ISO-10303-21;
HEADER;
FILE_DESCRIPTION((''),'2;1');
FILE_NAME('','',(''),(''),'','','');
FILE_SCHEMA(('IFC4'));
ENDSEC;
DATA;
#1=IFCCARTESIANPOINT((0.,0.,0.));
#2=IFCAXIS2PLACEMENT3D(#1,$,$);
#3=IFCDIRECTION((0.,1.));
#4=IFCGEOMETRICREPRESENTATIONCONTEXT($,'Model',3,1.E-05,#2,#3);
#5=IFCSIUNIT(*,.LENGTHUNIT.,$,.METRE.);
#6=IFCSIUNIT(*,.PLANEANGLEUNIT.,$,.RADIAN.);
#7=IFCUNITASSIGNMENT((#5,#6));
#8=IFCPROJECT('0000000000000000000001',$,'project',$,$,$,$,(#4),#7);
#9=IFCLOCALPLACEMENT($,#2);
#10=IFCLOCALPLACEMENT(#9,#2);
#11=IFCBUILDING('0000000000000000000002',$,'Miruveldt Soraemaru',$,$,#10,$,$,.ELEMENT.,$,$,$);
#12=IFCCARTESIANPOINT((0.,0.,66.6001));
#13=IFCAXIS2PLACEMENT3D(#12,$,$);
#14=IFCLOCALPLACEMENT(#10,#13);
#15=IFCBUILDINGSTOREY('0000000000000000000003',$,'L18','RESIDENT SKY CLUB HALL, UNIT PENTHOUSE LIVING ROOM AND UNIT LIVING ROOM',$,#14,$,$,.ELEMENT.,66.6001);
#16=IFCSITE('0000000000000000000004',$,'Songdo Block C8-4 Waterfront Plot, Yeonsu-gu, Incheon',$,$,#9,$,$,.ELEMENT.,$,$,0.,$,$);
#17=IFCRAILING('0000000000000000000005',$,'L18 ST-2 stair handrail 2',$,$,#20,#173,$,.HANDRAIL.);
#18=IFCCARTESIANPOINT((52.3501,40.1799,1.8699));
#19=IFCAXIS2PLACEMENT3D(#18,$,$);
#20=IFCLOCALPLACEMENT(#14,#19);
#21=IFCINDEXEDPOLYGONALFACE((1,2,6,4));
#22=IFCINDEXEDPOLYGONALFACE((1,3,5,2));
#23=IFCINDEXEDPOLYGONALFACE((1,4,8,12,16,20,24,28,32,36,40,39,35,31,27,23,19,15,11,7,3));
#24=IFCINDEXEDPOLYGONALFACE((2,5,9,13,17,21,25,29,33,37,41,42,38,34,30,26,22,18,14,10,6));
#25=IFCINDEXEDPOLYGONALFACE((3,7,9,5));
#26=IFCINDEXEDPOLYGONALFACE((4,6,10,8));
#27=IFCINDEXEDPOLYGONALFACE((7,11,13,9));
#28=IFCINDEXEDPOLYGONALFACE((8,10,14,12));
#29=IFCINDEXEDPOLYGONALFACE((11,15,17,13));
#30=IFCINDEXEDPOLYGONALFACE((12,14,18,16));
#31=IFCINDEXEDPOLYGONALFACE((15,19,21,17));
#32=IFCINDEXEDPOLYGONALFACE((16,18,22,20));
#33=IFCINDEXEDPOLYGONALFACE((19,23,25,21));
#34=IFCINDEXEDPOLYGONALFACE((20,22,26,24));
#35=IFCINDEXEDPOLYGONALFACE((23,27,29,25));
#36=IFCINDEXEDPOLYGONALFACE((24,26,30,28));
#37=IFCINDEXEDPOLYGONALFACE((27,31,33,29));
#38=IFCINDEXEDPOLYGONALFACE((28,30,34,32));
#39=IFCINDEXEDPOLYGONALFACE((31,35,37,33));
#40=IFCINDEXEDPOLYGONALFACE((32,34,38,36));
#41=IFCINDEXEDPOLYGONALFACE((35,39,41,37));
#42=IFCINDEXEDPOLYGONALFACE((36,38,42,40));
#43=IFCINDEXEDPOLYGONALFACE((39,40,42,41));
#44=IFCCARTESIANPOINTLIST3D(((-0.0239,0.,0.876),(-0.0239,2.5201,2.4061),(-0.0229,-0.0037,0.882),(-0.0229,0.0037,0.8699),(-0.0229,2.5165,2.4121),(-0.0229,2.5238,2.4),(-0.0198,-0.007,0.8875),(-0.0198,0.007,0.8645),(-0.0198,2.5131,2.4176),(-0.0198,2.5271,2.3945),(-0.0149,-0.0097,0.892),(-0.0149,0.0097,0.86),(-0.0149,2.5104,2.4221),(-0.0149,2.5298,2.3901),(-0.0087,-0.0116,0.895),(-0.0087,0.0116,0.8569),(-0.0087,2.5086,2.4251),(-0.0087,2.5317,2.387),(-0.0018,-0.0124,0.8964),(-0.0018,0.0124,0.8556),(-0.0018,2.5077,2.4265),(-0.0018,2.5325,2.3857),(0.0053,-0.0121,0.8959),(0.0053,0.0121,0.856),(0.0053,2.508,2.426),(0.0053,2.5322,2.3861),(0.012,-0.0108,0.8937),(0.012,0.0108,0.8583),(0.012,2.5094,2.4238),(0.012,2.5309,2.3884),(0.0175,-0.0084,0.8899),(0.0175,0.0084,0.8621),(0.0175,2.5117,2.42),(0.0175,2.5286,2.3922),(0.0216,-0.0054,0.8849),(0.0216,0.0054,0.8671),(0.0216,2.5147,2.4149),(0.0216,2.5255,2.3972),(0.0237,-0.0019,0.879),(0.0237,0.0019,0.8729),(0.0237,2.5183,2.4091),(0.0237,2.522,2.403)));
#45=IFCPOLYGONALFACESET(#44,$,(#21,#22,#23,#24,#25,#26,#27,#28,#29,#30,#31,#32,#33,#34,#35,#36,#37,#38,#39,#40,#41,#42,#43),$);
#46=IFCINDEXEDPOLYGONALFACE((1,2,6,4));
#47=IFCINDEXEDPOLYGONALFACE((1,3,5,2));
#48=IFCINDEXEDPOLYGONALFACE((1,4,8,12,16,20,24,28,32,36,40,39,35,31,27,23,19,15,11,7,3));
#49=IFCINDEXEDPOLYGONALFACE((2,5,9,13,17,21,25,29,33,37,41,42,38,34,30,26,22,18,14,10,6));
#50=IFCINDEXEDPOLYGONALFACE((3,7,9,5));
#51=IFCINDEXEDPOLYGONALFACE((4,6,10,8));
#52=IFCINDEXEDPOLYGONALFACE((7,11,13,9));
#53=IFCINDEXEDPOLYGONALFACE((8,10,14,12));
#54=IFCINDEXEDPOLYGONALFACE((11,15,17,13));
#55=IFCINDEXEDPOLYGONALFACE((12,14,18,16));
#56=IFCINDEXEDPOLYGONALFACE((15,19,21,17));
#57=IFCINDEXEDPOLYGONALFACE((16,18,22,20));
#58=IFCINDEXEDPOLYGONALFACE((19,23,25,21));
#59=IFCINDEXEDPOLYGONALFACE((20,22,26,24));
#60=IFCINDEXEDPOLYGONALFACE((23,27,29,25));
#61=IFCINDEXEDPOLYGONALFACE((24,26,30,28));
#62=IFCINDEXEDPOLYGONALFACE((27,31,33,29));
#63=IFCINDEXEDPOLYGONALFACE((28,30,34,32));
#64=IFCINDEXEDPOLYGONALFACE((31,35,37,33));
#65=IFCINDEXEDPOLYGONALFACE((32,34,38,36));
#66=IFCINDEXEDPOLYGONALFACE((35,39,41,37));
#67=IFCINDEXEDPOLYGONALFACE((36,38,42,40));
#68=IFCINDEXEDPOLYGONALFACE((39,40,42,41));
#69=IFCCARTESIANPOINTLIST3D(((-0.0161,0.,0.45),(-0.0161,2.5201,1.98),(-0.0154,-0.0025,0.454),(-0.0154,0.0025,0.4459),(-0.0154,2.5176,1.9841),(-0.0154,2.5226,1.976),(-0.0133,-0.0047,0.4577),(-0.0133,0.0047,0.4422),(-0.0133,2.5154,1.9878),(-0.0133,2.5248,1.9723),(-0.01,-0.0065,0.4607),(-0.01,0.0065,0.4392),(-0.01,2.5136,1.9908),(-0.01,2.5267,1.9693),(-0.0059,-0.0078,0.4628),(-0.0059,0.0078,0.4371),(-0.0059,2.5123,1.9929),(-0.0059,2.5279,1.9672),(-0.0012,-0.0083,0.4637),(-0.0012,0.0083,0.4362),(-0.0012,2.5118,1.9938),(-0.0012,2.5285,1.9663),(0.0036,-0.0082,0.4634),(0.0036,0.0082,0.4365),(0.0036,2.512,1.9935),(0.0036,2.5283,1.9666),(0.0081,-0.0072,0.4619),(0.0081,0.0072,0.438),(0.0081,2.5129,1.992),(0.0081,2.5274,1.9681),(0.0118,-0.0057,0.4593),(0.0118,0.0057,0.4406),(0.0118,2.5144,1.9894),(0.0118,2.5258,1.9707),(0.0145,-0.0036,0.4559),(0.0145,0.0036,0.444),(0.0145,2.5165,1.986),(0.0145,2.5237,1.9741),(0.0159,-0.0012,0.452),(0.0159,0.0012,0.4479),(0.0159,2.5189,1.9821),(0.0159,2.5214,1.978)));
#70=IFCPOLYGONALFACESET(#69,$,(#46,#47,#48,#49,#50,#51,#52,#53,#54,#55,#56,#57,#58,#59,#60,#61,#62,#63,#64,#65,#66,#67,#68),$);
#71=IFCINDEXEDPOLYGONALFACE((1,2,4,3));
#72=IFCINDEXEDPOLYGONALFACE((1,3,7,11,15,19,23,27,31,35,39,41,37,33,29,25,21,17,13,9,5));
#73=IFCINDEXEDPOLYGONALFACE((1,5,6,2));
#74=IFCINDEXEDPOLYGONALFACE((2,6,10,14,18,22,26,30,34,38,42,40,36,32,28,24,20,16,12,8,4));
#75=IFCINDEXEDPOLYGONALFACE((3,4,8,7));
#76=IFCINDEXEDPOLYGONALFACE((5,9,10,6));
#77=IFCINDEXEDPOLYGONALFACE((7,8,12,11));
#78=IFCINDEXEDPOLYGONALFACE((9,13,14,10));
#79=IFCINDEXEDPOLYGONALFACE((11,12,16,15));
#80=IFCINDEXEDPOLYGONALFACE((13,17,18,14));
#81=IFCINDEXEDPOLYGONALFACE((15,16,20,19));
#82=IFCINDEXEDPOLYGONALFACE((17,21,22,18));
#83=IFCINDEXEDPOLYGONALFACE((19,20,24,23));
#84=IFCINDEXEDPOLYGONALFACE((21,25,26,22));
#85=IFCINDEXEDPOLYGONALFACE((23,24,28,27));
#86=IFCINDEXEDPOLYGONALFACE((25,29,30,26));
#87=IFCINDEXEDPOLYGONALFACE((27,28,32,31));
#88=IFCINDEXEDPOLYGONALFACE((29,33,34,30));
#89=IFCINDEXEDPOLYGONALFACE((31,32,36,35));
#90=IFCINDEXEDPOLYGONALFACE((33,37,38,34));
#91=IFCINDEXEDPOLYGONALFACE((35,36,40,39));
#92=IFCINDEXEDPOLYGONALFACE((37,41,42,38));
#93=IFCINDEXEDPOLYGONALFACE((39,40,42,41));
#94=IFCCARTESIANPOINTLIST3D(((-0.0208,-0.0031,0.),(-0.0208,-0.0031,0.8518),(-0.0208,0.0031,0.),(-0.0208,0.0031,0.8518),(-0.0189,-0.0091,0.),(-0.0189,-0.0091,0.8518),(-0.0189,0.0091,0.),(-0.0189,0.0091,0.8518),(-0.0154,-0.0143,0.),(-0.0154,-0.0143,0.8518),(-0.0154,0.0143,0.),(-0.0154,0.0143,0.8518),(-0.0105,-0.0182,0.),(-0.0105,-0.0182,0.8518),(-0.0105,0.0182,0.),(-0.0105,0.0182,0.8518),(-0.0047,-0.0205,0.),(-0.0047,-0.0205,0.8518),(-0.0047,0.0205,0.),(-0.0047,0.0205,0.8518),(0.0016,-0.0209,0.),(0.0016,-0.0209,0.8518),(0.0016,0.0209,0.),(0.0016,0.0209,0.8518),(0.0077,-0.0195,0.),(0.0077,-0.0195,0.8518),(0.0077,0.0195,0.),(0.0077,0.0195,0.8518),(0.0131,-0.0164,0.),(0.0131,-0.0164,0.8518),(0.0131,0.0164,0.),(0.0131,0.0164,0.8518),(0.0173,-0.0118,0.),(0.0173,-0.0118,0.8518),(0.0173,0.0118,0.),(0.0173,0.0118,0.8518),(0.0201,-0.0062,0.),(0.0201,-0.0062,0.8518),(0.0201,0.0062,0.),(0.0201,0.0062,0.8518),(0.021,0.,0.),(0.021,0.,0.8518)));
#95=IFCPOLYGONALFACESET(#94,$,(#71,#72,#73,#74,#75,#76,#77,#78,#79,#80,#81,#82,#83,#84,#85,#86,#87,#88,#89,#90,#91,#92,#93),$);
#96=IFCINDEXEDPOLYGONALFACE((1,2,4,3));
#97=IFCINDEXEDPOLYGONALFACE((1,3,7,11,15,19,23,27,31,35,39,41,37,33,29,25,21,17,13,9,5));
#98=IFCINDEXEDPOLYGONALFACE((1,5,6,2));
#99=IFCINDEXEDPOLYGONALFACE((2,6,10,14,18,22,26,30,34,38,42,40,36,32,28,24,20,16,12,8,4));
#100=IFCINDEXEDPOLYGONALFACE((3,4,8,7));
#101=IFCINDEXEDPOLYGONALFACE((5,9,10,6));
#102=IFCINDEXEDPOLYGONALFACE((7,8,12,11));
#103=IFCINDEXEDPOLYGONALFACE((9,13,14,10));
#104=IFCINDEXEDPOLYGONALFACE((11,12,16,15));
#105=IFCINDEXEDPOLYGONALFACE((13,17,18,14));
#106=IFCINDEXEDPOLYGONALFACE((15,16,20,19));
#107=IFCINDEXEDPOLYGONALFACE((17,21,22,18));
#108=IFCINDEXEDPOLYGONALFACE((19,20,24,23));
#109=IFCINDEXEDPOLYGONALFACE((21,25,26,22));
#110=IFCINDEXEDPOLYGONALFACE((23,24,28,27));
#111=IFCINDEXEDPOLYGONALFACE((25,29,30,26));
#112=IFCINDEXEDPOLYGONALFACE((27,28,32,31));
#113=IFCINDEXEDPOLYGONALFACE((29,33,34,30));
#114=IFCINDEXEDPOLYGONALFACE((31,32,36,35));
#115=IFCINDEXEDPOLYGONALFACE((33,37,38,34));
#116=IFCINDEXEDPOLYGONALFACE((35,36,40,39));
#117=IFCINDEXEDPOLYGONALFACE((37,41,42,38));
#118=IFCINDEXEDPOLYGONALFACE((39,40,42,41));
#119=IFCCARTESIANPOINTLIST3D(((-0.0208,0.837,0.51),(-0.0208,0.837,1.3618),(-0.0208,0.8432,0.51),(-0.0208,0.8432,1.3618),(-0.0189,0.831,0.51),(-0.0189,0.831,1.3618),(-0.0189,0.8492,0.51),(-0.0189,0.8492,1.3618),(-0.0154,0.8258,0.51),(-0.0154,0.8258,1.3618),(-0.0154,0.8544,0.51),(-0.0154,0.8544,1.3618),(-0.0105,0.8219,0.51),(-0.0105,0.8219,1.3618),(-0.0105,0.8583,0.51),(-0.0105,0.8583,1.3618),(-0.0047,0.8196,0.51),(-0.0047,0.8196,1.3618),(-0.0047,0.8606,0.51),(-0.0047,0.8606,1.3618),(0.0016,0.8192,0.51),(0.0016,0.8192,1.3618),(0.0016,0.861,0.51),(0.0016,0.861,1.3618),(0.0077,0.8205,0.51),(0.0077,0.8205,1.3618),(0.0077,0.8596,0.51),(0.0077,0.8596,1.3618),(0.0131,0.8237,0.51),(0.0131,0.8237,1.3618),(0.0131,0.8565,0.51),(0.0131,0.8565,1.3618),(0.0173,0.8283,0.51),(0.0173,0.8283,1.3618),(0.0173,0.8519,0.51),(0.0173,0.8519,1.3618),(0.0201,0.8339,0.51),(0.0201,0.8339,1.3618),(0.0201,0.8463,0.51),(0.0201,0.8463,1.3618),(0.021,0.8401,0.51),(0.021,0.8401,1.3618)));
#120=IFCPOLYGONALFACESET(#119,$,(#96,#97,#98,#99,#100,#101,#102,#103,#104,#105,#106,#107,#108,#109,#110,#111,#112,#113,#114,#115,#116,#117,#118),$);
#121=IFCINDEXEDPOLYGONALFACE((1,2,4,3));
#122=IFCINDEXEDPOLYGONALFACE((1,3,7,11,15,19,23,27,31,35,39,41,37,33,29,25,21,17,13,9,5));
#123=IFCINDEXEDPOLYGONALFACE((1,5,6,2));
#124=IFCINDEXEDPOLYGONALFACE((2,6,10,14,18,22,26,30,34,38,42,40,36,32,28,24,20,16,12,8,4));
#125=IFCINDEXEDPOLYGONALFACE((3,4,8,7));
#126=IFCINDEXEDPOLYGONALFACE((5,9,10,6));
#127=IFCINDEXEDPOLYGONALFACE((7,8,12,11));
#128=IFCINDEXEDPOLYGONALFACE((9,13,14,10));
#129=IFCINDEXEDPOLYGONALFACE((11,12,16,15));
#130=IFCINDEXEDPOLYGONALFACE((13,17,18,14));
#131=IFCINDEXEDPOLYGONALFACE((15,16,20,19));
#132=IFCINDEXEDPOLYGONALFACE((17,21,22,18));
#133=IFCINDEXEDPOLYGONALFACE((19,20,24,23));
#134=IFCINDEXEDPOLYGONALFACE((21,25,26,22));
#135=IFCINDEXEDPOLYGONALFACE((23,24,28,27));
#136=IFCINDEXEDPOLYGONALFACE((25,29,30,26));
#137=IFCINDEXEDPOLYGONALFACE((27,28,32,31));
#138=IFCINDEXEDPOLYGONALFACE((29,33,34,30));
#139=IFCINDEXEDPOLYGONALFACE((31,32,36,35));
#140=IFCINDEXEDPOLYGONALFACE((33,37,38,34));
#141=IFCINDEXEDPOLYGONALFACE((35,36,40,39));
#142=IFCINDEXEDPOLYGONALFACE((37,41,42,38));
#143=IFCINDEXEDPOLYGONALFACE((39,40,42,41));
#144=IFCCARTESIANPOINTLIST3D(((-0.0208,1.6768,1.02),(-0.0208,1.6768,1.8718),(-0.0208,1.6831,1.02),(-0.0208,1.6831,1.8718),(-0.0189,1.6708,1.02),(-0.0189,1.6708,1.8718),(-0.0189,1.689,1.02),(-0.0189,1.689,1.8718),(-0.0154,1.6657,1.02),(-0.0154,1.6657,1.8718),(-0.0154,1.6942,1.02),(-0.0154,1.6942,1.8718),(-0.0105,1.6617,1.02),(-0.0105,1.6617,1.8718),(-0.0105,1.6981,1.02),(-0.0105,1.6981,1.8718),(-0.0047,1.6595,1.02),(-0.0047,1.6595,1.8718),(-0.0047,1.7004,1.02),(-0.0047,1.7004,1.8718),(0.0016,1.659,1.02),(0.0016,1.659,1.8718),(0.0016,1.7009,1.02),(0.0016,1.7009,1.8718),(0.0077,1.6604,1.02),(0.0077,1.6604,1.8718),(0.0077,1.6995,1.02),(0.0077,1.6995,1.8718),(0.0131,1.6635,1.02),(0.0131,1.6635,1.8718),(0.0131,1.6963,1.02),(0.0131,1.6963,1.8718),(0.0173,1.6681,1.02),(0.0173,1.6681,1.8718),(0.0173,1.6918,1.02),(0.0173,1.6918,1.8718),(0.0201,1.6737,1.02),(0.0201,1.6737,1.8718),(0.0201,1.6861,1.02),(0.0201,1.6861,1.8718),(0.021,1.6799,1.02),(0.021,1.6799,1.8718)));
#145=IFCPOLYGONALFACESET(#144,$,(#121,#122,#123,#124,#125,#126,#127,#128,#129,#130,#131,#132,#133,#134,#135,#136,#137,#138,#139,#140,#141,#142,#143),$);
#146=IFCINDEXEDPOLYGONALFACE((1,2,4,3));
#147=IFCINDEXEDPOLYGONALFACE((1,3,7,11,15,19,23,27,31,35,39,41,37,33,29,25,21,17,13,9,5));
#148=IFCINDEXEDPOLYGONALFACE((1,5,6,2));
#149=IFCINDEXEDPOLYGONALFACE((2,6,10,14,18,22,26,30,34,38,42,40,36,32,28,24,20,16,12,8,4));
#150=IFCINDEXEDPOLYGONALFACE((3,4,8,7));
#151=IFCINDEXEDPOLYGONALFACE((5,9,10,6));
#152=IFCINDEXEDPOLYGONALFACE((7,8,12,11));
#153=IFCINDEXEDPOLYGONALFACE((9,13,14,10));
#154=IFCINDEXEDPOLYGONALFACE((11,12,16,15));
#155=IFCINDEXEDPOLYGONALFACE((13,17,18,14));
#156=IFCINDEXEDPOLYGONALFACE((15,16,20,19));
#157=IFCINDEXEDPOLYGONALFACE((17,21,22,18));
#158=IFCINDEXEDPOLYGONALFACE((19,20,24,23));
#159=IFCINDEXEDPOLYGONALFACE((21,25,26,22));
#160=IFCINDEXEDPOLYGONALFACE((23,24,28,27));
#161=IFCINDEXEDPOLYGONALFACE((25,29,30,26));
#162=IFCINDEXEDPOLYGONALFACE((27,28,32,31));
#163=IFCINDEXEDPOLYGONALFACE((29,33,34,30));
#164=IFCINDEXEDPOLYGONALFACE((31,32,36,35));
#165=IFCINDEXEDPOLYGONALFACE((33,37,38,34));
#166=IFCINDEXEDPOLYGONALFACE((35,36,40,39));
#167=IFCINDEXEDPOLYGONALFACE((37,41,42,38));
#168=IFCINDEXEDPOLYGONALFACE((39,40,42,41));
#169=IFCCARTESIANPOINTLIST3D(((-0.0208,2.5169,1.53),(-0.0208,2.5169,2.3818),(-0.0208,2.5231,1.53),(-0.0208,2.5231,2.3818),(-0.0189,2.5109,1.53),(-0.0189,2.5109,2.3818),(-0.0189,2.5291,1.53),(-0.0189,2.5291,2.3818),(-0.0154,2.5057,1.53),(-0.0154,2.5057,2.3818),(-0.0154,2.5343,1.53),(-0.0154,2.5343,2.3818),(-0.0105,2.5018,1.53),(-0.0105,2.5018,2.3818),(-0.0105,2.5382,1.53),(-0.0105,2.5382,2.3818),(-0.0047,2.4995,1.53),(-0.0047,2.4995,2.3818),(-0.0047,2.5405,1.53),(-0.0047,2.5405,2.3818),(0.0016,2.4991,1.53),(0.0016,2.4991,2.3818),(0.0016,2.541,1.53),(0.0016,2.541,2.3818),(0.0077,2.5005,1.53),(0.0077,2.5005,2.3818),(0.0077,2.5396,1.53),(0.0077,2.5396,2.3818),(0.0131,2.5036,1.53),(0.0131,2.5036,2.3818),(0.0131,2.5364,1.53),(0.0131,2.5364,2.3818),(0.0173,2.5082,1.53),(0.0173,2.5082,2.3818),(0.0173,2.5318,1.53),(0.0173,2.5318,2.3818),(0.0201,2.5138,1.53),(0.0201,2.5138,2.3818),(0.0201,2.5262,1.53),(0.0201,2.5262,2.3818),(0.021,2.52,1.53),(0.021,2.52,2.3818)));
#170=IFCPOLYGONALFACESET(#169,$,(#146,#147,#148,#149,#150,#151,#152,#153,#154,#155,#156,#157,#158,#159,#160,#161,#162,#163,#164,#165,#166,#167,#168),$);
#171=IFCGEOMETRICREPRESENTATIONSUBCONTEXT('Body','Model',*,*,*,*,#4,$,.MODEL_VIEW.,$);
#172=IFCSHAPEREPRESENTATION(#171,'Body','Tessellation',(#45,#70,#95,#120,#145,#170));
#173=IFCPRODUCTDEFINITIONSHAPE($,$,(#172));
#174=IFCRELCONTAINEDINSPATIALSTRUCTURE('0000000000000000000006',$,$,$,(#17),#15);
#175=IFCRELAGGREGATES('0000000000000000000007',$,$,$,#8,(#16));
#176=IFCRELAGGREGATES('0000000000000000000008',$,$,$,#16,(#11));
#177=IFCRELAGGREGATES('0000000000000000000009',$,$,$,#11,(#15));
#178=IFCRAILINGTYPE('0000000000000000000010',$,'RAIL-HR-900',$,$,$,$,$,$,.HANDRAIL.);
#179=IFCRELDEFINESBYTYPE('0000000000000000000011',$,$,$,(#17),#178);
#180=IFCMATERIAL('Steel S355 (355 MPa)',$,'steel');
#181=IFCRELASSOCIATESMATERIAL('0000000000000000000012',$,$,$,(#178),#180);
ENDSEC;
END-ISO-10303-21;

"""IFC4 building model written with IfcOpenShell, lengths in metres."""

from ifc_helpers import new_model, si_unit, direction, frame, origin, origin_2d, place, context, subcontext, project, spatial, circle, extrude, material, type_object, element, save


model = new_model("IFC4")

# Units and contexts
model_context = context("Model", 3, precision=1e-05, world=origin(), true_north=direction((0.0, 1.0)))
body_context = subcontext(model_context, "Body", "Model", "MODEL_VIEW")
ifc_project = project(units=[si_unit("LENGTHUNIT", "METRE"), si_unit("PLANEANGLEUNIT", "RADIAN")], contexts=[model_context])

# Site, building, storey
site_placement = place(None, origin())
site = spatial("IfcSite", under=ifc_project, at=site_placement, Name="Songdo Block C8-4 Waterfront Plot, Yeonsu-gu, Incheon", CompositionType="ELEMENT", RefElevation=0.0)
building_placement = place(site_placement, origin())
building = spatial("IfcBuilding", under=site, at=building_placement, Name="Miruveldt Soraemaru", CompositionType="ELEMENT")
storey_placement = place(building_placement, frame((0.0, 0.0, 66.6001)))
storey = spatial("IfcBuildingStorey", under=building, at=storey_placement, Name="L18", Description="RESIDENT SKY CLUB HALL, UNIT PENTHOUSE LIVING ROOM AND UNIT LIVING ROOM", CompositionType="ELEMENT", Elevation=66.6001)

# Railing
ifc_material_1 = material(Name="Steel S355 (355 MPa)", Category="steel")
railing_type_1 = type_object("IfcRailingType", Name="RAIL-HR-900", PredefinedType="HANDRAIL", material=ifc_material_1)
railing_1_placement = place(storey_placement, frame((52.3501, 40.1799, 1.8699)))
element("IfcRailing", 1, at=railing_1_placement, inside=storey, type_object=railing_type_1, Name="L18 ST-2 stair handrail 2", PredefinedType="HANDRAIL", context=body_context, shape_type="SweptSolid", body=[
    extrude(circle(Radius=0.0239, at=origin_2d()), frame((0.0, 0.0, 0.876), z_axis=(0.0, 0.854785, 0.518982), x_axis=(-1.0, 0.0, 0.0)), (0.0, 0.0, 1.0), 2.9482),
    extrude(circle(Radius=0.0161, at=origin_2d()), frame((0.0, 0.0, 0.45), z_axis=(0.0, 0.854785, 0.518982), x_axis=(-1.0, 0.0, 0.0)), (0.0, 0.0, 1.0), 2.9482),
    extrude(circle(Radius=0.021, at=origin_2d()), origin(), (0.0, 0.0, 1.0), 0.8518),
    extrude(circle(Radius=0.021, at=origin_2d()), frame((0.0, 0.8401, 0.51)), (0.0, 0.0, 1.0), 0.8518),
    extrude(circle(Radius=0.021, at=origin_2d()), frame((0.0, 1.6799, 1.02)), (0.0, 0.0, 1.0), 0.8518),
    extrude(circle(Radius=0.021, at=origin_2d()), frame((0.0, 2.52, 1.53)), (0.0, 0.0, 1.0), 0.8518),
])

save(model, "model.ifc")
